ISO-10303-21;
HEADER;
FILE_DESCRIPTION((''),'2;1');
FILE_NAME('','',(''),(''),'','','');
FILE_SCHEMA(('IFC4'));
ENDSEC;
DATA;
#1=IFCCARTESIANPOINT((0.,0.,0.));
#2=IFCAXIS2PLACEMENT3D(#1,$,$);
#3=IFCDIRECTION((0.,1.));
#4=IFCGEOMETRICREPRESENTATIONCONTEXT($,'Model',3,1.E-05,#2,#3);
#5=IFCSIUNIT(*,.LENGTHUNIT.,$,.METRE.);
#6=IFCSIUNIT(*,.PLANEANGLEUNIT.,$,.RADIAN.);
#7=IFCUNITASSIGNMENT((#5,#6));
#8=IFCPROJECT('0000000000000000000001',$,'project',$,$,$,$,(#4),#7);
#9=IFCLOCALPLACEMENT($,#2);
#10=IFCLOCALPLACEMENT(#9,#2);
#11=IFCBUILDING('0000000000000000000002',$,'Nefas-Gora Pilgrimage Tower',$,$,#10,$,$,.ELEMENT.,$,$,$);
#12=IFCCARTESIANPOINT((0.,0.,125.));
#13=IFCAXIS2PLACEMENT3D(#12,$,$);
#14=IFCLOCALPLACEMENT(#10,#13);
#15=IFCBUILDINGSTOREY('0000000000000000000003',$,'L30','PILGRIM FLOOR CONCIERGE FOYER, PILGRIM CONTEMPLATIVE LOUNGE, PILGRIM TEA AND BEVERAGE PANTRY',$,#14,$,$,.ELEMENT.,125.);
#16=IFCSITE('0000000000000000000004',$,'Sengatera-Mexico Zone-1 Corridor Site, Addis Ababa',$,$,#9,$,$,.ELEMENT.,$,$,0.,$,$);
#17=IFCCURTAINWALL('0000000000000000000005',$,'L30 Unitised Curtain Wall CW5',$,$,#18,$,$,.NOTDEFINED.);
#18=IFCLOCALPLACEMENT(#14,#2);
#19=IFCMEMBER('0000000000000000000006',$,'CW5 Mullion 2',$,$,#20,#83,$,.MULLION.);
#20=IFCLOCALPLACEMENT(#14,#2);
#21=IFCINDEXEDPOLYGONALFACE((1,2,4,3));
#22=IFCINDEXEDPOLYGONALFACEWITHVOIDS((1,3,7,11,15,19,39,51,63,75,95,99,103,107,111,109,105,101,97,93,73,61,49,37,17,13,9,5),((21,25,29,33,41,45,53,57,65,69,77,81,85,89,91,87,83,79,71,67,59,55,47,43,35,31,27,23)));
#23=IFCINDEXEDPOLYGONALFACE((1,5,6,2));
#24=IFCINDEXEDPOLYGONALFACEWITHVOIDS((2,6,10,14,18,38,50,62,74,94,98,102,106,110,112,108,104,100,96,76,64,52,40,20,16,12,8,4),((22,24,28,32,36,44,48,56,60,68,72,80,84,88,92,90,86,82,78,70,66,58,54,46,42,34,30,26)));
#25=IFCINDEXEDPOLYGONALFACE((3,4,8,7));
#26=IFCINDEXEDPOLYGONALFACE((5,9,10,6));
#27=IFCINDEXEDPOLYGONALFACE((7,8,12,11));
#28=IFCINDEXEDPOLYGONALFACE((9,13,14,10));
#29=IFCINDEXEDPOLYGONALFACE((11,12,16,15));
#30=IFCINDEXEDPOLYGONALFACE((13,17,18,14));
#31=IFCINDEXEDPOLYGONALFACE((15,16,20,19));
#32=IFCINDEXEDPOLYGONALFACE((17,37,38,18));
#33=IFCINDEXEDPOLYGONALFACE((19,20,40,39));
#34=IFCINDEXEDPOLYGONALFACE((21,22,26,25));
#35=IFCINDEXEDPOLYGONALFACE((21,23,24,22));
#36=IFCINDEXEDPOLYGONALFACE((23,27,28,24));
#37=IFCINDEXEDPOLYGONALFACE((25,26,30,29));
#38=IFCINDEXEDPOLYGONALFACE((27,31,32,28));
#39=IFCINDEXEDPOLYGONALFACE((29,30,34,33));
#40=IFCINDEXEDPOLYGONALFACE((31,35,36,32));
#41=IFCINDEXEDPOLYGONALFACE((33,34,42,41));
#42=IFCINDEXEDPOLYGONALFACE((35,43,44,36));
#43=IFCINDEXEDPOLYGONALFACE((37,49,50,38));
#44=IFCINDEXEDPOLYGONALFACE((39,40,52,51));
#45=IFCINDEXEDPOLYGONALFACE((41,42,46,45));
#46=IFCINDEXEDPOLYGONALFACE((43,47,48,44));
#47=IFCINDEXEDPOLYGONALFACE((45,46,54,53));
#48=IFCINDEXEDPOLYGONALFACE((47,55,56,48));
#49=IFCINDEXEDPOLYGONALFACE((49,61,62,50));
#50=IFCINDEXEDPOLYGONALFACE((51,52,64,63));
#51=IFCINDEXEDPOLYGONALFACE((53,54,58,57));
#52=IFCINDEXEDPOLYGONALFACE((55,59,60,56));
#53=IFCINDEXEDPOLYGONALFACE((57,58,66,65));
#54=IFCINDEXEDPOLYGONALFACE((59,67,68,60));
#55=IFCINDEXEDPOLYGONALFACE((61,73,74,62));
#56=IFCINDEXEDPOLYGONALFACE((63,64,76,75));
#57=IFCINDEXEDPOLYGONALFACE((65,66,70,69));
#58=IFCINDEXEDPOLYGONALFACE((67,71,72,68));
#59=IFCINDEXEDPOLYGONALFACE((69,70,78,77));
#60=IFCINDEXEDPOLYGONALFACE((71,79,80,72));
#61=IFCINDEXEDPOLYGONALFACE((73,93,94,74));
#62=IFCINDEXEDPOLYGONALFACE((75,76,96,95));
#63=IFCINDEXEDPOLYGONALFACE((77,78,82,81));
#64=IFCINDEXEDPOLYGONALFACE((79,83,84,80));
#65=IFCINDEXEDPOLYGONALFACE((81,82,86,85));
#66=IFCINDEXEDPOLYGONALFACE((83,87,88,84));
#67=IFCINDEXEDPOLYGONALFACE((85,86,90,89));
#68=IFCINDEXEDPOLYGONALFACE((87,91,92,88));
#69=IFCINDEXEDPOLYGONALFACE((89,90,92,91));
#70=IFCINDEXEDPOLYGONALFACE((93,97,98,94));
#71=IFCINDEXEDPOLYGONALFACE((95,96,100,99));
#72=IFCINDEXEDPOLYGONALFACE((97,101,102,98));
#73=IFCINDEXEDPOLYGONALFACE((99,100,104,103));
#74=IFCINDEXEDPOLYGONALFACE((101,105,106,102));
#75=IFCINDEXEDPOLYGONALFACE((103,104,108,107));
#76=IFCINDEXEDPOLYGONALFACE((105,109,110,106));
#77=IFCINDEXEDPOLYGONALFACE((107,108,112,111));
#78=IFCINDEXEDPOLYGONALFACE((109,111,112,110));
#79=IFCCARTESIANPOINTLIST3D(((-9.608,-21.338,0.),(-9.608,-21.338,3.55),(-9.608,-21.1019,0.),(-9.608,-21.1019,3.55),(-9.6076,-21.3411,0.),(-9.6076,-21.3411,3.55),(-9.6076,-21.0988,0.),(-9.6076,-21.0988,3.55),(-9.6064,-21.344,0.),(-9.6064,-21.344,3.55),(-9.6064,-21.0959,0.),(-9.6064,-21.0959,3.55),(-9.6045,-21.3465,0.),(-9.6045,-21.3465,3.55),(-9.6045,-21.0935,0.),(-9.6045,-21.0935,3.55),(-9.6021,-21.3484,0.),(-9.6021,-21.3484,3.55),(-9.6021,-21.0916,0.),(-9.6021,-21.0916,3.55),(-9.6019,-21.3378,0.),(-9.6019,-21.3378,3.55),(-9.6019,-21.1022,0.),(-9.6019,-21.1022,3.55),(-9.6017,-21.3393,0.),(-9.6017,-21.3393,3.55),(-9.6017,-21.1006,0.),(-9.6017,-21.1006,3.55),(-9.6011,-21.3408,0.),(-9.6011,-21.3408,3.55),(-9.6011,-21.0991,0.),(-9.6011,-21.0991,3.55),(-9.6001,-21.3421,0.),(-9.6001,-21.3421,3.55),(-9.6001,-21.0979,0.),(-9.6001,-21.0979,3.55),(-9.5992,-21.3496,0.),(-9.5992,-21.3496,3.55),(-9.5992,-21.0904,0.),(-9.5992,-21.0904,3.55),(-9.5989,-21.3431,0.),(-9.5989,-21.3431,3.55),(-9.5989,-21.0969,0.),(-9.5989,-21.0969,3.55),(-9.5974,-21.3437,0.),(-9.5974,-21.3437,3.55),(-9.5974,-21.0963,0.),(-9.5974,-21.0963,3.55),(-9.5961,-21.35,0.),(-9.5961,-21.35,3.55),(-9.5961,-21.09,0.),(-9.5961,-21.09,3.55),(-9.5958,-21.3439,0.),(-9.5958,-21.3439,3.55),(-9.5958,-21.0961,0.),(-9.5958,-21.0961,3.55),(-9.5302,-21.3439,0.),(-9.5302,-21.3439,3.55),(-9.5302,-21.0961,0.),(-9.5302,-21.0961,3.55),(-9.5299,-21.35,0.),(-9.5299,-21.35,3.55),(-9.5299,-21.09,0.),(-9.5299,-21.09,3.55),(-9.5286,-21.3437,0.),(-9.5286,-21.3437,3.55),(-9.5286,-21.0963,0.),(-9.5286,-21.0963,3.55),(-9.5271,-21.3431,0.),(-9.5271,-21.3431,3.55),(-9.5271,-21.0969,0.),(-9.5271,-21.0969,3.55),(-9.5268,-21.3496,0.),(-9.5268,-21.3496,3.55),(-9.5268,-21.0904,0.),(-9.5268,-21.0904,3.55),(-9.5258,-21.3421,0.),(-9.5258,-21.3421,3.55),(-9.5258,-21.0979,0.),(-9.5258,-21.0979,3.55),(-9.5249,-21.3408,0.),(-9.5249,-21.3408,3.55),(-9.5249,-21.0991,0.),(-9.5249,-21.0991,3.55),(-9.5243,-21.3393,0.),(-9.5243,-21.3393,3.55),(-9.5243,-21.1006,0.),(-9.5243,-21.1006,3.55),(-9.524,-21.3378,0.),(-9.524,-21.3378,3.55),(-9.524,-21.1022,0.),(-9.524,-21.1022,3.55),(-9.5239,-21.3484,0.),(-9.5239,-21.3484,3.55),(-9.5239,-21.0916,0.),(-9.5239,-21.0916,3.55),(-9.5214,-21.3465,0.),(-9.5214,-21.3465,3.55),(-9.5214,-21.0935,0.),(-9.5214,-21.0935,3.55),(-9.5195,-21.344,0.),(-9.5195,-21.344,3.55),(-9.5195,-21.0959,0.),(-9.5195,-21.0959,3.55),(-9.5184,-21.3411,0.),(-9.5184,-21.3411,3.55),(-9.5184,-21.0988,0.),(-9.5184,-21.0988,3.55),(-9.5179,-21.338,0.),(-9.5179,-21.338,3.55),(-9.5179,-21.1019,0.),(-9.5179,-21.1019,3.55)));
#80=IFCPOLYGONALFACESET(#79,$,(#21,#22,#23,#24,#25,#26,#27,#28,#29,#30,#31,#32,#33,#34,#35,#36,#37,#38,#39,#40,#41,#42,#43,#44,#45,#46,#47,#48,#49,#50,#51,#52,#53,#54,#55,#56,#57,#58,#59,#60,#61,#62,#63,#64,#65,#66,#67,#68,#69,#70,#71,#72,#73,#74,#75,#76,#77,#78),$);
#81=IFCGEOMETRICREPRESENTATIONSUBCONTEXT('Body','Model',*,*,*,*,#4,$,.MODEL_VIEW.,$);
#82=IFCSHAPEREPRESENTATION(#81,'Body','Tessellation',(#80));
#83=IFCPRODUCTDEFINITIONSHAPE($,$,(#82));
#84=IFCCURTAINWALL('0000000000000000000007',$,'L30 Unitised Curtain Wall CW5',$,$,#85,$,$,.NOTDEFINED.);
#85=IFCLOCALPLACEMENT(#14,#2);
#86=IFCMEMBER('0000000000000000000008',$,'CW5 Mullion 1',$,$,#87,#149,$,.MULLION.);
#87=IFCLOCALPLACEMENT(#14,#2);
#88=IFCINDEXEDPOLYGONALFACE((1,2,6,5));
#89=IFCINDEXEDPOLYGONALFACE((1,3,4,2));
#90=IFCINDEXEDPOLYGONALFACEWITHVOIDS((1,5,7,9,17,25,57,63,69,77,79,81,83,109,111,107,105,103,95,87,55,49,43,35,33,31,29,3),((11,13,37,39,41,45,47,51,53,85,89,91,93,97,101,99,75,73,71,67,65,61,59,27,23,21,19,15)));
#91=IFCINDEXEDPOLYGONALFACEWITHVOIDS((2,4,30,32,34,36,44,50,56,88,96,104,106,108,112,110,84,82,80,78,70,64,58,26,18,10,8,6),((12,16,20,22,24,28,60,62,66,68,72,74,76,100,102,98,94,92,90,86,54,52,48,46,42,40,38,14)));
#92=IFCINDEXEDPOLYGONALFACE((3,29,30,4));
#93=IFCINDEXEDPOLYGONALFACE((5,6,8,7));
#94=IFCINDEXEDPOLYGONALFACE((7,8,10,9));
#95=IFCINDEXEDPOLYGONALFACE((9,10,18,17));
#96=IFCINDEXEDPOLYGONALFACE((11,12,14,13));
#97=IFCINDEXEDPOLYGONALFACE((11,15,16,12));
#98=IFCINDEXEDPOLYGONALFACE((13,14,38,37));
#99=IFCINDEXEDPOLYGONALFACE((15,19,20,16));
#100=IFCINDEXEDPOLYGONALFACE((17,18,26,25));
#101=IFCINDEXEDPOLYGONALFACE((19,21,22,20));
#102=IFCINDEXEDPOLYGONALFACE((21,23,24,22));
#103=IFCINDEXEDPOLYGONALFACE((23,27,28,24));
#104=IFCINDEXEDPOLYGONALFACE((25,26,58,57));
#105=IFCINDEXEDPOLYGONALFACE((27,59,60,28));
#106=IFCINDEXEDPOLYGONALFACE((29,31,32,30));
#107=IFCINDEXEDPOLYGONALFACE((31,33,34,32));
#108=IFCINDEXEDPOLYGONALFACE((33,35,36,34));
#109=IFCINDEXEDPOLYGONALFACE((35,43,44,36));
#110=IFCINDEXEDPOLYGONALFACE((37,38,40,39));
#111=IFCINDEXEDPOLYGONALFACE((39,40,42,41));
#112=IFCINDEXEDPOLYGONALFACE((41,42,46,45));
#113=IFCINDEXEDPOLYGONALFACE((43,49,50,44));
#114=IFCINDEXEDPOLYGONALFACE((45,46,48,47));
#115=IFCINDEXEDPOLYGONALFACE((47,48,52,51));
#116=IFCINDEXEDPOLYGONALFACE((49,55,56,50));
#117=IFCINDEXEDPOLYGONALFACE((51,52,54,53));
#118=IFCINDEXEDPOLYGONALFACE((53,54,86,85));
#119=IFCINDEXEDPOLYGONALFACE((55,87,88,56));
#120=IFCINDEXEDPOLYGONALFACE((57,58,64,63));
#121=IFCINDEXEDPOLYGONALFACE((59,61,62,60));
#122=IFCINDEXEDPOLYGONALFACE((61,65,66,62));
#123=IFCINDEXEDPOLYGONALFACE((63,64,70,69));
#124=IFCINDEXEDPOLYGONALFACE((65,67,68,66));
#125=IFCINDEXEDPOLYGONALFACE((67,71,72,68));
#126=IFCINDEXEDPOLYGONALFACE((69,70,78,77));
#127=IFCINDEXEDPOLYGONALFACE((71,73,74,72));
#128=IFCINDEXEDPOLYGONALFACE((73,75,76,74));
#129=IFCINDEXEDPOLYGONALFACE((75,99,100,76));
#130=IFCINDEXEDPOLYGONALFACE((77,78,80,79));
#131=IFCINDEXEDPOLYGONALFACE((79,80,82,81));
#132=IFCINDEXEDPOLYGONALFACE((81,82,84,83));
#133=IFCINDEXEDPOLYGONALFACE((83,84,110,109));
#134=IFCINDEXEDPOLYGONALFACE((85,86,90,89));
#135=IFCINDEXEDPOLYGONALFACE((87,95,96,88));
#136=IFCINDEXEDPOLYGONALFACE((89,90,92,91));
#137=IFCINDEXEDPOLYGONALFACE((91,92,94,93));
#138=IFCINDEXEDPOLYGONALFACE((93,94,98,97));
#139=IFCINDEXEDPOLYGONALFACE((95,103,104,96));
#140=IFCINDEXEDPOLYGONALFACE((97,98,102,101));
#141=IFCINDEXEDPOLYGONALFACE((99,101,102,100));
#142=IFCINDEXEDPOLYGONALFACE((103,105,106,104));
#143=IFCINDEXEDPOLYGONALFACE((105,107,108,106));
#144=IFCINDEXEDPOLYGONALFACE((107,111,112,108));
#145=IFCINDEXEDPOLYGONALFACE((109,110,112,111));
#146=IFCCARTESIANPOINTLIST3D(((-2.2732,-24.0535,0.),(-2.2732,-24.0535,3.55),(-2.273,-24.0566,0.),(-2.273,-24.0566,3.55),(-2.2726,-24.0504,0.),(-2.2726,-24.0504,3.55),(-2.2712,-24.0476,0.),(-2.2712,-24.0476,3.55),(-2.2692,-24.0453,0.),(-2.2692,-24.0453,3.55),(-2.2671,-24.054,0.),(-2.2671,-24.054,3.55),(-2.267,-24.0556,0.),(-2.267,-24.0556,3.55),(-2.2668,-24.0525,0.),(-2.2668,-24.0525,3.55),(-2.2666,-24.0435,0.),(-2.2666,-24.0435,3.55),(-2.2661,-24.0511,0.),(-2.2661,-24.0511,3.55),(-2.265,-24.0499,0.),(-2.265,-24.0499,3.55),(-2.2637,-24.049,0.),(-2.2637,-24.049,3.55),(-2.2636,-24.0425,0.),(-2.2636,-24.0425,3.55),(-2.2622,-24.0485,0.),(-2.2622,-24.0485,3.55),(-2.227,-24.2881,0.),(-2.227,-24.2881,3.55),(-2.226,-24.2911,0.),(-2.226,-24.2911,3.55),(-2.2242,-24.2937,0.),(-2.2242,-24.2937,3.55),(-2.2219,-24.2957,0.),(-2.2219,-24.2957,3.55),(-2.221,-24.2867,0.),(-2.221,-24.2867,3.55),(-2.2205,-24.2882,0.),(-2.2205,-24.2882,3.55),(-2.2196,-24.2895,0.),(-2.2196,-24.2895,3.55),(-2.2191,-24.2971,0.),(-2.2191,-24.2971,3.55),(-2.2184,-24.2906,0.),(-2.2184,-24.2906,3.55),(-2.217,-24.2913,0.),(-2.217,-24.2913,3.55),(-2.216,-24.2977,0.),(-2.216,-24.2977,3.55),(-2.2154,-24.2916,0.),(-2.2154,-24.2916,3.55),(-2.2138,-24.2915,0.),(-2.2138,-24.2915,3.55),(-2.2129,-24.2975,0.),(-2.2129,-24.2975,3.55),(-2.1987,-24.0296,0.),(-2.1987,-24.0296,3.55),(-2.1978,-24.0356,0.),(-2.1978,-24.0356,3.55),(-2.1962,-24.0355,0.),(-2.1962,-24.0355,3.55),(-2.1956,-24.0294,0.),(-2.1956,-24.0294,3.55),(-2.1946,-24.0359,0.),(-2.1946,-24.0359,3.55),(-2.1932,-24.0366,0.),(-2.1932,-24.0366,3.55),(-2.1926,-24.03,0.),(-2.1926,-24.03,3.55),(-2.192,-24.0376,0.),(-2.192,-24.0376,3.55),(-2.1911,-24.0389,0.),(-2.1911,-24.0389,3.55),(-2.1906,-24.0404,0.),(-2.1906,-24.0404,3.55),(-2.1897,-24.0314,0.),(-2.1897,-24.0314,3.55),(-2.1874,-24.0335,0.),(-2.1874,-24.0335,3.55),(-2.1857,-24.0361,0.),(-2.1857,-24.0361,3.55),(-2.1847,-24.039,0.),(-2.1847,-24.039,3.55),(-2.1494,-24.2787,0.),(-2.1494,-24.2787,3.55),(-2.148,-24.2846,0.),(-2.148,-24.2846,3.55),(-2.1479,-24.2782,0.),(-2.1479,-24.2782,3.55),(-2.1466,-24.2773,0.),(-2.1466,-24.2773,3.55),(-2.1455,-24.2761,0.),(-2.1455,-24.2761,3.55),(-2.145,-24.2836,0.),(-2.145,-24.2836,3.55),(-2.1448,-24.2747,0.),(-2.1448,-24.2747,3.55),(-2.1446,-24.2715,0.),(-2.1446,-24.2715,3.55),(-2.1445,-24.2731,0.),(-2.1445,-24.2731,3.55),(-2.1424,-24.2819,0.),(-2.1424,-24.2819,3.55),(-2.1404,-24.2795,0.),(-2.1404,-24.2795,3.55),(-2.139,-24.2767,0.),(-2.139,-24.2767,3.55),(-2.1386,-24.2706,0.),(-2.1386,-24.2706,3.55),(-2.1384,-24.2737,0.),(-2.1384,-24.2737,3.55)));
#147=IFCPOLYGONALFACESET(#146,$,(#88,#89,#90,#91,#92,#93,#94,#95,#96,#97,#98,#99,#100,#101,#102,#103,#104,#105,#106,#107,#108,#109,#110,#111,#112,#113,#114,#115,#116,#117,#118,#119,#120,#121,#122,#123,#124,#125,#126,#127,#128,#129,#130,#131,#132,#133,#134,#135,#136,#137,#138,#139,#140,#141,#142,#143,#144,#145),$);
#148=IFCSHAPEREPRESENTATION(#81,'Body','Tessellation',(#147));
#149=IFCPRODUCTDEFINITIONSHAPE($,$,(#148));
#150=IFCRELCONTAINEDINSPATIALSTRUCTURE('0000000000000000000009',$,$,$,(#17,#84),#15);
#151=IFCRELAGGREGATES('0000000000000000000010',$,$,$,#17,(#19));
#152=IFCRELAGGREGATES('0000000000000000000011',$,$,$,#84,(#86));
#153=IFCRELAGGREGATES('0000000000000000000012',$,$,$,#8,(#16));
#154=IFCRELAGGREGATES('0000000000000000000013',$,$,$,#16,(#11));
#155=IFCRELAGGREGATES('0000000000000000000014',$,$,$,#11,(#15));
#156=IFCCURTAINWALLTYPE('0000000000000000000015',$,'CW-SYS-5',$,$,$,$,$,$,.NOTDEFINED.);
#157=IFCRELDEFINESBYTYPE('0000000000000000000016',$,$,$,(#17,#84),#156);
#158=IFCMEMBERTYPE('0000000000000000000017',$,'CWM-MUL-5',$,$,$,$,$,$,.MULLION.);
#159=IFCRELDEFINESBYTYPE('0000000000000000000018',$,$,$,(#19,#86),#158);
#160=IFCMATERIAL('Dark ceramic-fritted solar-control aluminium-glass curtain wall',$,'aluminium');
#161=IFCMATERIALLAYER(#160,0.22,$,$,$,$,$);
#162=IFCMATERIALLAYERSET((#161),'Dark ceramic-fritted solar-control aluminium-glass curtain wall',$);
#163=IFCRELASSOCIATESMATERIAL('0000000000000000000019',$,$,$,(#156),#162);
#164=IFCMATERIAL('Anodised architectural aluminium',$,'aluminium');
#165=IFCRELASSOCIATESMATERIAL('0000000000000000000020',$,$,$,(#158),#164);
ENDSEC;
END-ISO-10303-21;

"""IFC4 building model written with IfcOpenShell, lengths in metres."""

from ifc_helpers import new_model, si_unit, direction, frame, origin, origin_2d, place, context, subcontext, project, spatial, hollow_rectangle, extrude, source, transform, mapped, material, layer, layer_set, material_profile, profile_set, type_object, element, aggregate, save


model = new_model("IFC4")

# Units and contexts
model_context = context("Model", 3, precision=1e-05, world=origin(), true_north=direction((0.0, 1.0)))
body_context = subcontext(model_context, "Body", "Model", "MODEL_VIEW")
ifc_project = project(units=[si_unit("LENGTHUNIT", "METRE"), si_unit("PLANEANGLEUNIT", "RADIAN")], contexts=[model_context])

# Site, building, storey
site_placement = place(None, origin())
site = spatial("IfcSite", under=ifc_project, at=site_placement, Name="Sengatera-Mexico Zone-1 Corridor Site, Addis Ababa", CompositionType="ELEMENT", RefElevation=0.0)
building_placement = place(site_placement, origin())
building = spatial("IfcBuilding", under=site, at=building_placement, Name="Nefas-Gora Pilgrimage Tower", CompositionType="ELEMENT")
storey_placement = place(building_placement, frame((0.0, 0.0, 125.0)))
storey = spatial("IfcBuildingStorey", under=building, at=storey_placement, Name="L30", Description="PILGRIM FLOOR CONCIERGE FOYER, PILGRIM CONTEMPLATIVE LOUNGE, PILGRIM TEA AND BEVERAGE PANTRY", CompositionType="ELEMENT", Elevation=125.0)

# Curtain wall, member
ifc_material_1 = material(Name="Dark ceramic-fritted solar-control aluminium-glass curtain wall", Category="aluminium")
ifc_layer_1 = layer(ifc_material_1, 0.22)
ifc_layer_set_1 = layer_set([ifc_layer_1], Name="Dark ceramic-fritted solar-control aluminium-glass curtain wall")
curtain_wall_type = type_object("IfcCurtainWallType", Name="CW-SYS-5", PredefinedType="NOTDEFINED", material=ifc_layer_set_1)
curtain_wall_1_placement = place(storey_placement, origin())
curtain_wall_1 = element("IfcCurtainWall", 1, at=curtain_wall_1_placement, inside=storey, type_object=curtain_wall_type, Name="L30 Unitised Curtain Wall CW5", PredefinedType="NOTDEFINED")
ifc_material_2 = material(Name="Anodised architectural aluminium", Category="aluminium")
ifc_material_profile_1 = material_profile(ifc_material_2, hollow_rectangle(XDim=0.0901, YDim=0.26, WallThickness=0.0061, InnerFilletRadius=0.0061, OuterFilletRadius=0.012, at=origin_2d()), Name="ALU MULLION 90x260")
ifc_profile_set_1 = profile_set([ifc_material_profile_1], Name="Anodised architectural aluminium")
member_type_1 = type_object("IfcMemberType", Name="CWM-MUL-5", PredefinedType="MULLION", material=ifc_profile_set_1)
shared_shape_1 = source(origin(), body_context, "Body", "SweptSolid", [
    extrude(hollow_rectangle(XDim=0.0901, YDim=0.26, WallThickness=0.0061, InnerFilletRadius=0.0061, OuterFilletRadius=0.012, at=origin_2d()), origin(), (0.0, 0.0, 1.0), 3.55),
])
member_1_placement = place(storey_placement, frame((-9.563, -21.22, 0.0), z_axis=(0.0, 0.0, 1.0), x_axis=(1.0, 0.0, 0.0)))
member_1 = element("IfcMember", 2, at=member_1_placement, type_object=member_type_1, Name="CW5 Mullion 2", PredefinedType="MULLION", context=body_context, shape_type="MappedRepresentation", body=[
    mapped(shared_shape_1, transform((0.0, 0.0, 0.0), x_axis=(1.0, 0.0, 0.0), y_axis=(0.0, 1.0, 0.0), z_axis=(0.0, 0.0, 1.0), scale=1.0)),
])

# Curtain wall, member
curtain_wall_2_placement = place(storey_placement, origin())
curtain_wall_2 = element("IfcCurtainWall", 3, at=curtain_wall_2_placement, inside=storey, type_object=curtain_wall_type, Name="L30 Unitised Curtain Wall CW5", PredefinedType="NOTDEFINED")
member_2_placement = place(storey_placement, frame((-2.2058, -24.1636, 0.0), z_axis=(0.0, 0.0, 1.0), x_axis=(0.980783, 0.195102, 0.0)))
member_2 = element("IfcMember", 4, at=member_2_placement, type_object=member_type_1, Name="CW5 Mullion 1", PredefinedType="MULLION", context=body_context, shape_type="MappedRepresentation", body=[
    mapped(shared_shape_1, transform((0.0, 0.0, 0.0), x_axis=(1.0, 0.0, 0.0), y_axis=(0.0, 1.0, 0.0), z_axis=(0.0, 0.0, 1.0), scale=1.0)),
])

aggregate(curtain_wall_1, [member_1])
aggregate(curtain_wall_2, [member_2])

save(model, "model.ifc")
